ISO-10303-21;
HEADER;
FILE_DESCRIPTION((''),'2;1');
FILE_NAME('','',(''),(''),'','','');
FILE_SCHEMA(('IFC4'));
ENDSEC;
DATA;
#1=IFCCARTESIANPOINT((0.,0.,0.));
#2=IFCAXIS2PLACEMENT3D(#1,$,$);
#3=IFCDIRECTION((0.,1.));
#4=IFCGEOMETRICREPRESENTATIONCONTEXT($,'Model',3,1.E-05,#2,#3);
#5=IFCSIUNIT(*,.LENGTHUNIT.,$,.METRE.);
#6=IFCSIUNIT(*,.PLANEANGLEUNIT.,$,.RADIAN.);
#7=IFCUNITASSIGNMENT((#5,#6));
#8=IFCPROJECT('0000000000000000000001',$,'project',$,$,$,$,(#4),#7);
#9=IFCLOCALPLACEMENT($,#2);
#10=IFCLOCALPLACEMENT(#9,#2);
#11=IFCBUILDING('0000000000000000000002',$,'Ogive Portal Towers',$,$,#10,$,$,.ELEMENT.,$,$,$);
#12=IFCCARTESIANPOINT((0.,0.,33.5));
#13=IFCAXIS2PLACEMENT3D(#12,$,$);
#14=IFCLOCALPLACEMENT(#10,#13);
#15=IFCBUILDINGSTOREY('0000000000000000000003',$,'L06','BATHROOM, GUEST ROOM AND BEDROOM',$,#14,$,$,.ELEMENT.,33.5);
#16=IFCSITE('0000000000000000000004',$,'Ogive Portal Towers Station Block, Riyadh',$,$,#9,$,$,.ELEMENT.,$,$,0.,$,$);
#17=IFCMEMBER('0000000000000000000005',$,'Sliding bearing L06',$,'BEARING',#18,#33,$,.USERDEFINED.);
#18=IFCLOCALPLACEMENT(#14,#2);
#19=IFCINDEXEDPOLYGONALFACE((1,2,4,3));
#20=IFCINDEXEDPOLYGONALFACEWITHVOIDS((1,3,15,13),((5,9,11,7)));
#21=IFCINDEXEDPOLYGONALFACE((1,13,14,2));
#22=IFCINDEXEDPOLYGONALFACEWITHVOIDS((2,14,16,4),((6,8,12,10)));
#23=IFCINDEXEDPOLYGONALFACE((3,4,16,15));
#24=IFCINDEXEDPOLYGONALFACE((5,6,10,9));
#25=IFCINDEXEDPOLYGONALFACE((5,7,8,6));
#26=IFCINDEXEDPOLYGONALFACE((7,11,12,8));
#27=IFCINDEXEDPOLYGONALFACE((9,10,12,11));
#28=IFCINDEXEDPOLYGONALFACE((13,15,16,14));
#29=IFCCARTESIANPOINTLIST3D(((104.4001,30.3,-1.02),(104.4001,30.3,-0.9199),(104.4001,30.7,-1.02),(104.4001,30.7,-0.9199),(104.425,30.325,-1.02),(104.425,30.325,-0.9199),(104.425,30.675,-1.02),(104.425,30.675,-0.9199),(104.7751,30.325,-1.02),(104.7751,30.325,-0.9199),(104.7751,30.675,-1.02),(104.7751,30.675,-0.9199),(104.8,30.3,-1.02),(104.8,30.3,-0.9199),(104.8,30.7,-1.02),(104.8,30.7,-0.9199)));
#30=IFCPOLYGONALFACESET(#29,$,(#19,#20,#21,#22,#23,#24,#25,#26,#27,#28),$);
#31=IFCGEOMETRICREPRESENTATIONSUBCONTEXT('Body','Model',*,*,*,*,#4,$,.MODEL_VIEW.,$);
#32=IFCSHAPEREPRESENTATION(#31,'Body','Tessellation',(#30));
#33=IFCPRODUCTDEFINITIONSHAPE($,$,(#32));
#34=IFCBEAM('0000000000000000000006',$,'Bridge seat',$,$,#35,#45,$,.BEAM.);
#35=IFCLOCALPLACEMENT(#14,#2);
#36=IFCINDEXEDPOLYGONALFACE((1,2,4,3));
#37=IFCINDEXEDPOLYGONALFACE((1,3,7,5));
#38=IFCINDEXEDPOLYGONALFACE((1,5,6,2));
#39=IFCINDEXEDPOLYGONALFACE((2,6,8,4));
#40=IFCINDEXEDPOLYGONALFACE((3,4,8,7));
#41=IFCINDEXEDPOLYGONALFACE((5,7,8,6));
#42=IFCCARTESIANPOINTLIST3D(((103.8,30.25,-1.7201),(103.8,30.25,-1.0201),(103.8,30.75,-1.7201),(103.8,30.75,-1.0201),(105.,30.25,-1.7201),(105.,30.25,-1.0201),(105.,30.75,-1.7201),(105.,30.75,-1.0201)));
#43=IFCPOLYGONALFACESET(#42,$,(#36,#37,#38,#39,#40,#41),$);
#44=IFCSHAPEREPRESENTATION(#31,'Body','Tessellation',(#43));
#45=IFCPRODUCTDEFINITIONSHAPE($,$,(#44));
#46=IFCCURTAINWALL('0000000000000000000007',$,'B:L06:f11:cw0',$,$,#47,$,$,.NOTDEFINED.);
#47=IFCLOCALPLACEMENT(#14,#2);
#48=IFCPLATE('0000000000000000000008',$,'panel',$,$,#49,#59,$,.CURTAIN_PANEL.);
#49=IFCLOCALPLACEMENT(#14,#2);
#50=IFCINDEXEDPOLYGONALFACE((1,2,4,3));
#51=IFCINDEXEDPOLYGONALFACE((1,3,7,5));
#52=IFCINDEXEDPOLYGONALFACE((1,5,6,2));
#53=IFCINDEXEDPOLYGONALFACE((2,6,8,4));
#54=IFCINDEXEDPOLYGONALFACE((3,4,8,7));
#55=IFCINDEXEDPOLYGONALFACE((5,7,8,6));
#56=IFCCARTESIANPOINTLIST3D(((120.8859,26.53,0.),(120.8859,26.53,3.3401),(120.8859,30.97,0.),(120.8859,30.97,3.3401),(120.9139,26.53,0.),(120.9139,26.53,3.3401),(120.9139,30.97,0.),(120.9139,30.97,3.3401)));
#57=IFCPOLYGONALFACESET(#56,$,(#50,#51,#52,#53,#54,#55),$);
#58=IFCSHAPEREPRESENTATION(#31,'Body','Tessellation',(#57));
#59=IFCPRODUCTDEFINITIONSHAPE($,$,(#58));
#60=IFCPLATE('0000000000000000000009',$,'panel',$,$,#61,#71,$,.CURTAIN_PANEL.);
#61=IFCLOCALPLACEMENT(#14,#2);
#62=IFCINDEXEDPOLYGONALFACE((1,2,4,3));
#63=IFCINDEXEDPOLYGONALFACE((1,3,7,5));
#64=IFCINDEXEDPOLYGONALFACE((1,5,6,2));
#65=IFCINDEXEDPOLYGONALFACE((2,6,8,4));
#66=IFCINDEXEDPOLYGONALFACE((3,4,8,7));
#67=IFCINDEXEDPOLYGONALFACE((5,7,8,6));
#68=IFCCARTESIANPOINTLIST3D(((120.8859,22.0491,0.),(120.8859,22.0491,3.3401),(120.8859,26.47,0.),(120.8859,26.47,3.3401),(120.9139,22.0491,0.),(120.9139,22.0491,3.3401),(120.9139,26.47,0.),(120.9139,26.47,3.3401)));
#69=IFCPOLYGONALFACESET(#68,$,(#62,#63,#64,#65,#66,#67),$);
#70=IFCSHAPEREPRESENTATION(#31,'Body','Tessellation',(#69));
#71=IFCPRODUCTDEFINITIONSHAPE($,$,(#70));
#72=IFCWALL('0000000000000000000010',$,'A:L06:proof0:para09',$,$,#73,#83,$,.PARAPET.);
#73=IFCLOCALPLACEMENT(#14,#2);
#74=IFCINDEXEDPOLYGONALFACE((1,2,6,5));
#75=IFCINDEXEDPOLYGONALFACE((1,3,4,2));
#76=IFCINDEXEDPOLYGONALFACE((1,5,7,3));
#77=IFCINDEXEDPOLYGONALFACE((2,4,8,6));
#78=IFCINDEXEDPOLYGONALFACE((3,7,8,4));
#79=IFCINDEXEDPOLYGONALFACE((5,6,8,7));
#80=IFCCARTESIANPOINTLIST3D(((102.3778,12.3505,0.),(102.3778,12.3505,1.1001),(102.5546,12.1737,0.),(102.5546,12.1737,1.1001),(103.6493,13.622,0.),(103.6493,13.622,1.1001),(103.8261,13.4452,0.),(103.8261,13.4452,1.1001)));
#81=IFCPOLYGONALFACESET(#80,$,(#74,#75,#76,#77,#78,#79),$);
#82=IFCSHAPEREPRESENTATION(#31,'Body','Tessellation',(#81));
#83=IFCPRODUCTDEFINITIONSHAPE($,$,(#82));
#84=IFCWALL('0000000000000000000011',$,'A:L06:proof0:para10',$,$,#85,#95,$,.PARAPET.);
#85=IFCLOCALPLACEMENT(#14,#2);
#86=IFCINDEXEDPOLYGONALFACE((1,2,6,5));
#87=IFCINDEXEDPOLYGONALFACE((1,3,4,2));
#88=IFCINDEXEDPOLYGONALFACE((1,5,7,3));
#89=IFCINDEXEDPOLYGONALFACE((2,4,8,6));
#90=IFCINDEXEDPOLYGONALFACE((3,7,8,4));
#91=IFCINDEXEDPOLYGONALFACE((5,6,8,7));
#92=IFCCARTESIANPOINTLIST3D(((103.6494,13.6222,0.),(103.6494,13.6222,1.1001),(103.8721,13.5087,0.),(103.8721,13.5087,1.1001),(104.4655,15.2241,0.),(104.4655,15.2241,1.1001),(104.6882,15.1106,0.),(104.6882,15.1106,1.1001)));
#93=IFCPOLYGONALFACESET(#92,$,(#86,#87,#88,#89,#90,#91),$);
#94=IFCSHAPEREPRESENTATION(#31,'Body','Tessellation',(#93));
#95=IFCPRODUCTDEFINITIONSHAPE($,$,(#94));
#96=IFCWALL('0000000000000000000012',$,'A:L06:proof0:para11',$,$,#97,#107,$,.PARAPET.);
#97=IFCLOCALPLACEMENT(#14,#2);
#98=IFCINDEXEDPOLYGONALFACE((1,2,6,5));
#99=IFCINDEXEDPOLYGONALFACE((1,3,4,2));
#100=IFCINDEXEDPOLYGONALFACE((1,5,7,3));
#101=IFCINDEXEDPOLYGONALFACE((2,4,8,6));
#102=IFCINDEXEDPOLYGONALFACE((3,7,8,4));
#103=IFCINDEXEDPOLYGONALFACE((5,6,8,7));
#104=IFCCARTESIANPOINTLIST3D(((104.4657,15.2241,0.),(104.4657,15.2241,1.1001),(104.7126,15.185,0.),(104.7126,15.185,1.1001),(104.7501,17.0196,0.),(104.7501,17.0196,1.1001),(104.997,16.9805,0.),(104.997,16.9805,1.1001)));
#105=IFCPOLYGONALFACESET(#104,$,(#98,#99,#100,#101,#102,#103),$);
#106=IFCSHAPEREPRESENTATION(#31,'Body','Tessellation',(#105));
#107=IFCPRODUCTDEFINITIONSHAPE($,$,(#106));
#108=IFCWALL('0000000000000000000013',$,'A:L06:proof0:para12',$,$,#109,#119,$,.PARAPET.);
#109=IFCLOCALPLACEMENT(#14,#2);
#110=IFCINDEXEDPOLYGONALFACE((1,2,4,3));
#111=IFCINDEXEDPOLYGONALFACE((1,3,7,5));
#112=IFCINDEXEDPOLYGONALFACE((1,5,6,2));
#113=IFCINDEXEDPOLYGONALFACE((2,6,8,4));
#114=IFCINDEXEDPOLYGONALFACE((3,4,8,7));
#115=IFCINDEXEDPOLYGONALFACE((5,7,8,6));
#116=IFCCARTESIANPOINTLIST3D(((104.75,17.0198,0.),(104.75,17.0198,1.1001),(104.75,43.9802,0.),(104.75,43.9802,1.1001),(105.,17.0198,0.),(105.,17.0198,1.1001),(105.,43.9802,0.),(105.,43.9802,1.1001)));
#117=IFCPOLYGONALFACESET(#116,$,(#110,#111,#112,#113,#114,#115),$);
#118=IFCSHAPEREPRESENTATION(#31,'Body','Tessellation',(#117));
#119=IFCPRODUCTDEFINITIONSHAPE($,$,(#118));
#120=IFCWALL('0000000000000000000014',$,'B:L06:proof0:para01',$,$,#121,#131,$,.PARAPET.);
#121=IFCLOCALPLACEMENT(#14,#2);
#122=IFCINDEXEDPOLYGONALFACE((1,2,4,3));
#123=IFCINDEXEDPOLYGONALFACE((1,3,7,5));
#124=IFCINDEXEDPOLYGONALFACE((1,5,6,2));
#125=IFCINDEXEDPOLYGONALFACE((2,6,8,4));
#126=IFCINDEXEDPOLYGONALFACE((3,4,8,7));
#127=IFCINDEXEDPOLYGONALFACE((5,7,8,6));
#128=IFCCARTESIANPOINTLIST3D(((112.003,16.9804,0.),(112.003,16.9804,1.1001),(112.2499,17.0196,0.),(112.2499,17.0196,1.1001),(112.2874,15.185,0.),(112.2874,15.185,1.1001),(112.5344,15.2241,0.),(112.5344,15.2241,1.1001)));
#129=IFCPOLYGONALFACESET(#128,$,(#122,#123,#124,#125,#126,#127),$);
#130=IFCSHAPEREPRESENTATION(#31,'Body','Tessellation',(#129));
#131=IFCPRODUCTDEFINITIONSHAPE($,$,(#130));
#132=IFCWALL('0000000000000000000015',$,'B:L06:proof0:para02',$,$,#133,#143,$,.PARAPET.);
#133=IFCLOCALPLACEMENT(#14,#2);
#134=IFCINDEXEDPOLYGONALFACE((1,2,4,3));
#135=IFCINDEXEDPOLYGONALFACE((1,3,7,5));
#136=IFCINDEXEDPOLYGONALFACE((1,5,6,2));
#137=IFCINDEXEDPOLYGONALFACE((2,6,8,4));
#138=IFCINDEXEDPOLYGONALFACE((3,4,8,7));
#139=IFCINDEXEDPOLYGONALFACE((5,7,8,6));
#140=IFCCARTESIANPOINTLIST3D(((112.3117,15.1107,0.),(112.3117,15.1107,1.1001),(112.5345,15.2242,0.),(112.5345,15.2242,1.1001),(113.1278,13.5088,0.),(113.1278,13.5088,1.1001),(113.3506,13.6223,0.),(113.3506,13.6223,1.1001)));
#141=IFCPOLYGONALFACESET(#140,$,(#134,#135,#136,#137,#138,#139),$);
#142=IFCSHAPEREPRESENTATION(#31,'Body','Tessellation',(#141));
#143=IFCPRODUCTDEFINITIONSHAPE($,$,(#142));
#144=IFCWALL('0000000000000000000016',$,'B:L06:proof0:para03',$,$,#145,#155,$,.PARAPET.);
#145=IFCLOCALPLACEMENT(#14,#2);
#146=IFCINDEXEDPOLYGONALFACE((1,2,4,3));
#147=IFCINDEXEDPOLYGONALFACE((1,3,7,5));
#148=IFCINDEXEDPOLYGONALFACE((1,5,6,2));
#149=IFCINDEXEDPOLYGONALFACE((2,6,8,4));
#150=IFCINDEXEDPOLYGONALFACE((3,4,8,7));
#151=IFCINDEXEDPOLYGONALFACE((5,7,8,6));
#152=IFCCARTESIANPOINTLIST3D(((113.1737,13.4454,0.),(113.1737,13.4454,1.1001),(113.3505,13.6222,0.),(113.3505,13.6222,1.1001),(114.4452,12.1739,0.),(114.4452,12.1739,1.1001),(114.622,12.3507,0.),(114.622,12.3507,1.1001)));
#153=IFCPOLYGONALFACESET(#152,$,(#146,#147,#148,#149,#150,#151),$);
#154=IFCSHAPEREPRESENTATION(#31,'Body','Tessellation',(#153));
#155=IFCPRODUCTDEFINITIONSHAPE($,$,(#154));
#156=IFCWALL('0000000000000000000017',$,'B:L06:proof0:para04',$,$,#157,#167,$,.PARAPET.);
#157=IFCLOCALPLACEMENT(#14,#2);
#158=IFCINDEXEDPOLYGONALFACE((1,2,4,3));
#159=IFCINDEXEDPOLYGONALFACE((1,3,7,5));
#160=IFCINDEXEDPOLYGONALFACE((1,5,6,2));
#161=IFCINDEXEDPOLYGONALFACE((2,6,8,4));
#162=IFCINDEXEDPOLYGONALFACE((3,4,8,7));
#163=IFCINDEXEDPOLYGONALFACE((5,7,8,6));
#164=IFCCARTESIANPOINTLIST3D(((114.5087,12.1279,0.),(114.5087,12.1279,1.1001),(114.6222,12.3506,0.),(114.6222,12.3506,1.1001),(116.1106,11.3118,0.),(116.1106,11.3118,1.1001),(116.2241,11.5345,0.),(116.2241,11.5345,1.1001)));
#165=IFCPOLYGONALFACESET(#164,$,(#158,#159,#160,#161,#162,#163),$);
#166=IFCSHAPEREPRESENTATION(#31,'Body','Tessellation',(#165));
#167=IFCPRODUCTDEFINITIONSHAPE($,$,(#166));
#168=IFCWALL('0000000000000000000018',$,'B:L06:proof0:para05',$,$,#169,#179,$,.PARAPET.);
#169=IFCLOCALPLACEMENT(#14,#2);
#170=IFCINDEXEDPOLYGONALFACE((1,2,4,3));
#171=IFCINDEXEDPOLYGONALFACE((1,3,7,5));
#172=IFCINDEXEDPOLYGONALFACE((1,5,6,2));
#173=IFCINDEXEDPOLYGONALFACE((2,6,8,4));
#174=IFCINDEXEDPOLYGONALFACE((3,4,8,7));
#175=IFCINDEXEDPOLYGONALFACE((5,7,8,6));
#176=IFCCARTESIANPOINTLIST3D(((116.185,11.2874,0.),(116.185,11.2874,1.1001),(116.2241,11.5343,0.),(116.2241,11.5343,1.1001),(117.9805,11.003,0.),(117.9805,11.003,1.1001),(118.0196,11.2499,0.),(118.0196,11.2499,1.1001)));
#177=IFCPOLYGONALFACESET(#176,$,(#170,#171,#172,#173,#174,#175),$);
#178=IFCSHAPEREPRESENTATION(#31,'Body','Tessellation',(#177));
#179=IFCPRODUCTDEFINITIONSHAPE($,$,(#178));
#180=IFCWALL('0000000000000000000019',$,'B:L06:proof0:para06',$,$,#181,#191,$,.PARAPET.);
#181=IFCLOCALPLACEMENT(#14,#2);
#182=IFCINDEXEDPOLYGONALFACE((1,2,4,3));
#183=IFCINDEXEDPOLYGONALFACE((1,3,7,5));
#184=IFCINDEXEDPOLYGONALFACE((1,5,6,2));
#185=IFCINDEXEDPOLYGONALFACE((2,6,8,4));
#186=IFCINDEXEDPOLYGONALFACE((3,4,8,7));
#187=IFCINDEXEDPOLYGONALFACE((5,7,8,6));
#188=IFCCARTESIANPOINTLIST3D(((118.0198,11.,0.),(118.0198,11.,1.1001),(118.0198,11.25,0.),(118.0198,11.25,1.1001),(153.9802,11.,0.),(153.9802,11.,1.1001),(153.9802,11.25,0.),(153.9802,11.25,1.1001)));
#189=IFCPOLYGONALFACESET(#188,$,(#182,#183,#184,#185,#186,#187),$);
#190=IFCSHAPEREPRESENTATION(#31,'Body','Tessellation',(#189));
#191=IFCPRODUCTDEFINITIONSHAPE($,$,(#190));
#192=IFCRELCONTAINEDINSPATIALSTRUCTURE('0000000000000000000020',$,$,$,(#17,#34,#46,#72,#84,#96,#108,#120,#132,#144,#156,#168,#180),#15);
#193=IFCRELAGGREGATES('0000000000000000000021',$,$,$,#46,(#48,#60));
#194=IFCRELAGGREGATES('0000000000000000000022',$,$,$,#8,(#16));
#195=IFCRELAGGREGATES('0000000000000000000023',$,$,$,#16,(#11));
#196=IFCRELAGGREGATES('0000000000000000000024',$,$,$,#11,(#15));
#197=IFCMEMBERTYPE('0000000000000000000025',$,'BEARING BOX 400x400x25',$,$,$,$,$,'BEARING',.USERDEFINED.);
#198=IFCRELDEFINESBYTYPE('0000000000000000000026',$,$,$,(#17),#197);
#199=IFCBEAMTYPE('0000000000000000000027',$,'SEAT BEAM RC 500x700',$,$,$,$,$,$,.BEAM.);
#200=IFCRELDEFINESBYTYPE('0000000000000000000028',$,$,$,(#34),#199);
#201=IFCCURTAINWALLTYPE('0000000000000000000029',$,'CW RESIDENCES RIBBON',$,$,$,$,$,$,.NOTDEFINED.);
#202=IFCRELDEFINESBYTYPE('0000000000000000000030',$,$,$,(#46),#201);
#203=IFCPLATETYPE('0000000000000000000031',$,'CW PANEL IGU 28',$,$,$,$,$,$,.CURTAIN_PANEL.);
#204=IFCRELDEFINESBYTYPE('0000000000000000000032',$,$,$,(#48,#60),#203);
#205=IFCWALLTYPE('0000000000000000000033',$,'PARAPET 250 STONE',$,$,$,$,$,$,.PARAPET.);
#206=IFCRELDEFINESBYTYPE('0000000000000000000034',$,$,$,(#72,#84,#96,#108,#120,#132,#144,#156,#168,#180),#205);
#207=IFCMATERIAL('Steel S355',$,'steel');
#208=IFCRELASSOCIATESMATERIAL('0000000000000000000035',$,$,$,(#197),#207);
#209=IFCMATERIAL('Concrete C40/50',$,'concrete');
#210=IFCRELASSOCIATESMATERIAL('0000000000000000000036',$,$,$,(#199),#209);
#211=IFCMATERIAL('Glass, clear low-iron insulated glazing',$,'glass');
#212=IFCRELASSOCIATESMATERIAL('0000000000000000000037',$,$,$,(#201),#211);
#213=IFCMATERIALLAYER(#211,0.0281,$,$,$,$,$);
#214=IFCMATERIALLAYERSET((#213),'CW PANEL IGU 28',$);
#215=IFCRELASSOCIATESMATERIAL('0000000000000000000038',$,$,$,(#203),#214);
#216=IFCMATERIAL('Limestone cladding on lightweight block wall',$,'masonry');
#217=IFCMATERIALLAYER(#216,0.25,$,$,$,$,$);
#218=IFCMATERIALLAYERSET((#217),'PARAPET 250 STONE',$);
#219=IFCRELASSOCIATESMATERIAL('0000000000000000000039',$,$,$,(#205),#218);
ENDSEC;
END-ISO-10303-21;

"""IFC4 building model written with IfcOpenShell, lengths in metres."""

from ifc_helpers import new_model, si_unit, direction, frame, frame_2d, origin, origin_2d, place, context, subcontext, project, spatial, rectangle, hollow_rectangle, extrude, material, layer, layer_set, material_profile, profile_set, type_object, element, aggregate, save


model = new_model("IFC4")

# Units and contexts
model_context = context("Model", 3, precision=1e-05, world=origin(), true_north=direction((0.0, 1.0)))
body_context = subcontext(model_context, "Body", "Model", "MODEL_VIEW")
ifc_project = project(units=[si_unit("LENGTHUNIT", "METRE"), si_unit("PLANEANGLEUNIT", "RADIAN")], contexts=[model_context])

# Site, building, storey
site_placement = place(None, origin())
site = spatial("IfcSite", under=ifc_project, at=site_placement, Name="Ogive Portal Towers Station Block, Riyadh", CompositionType="ELEMENT", RefElevation=0.0)
building_placement = place(site_placement, origin())
building = spatial("IfcBuilding", under=site, at=building_placement, Name="Ogive Portal Towers", CompositionType="ELEMENT")
storey_placement = place(building_placement, frame((0.0, 0.0, 33.5)))
storey = spatial("IfcBuildingStorey", under=building, at=storey_placement, Name="L06", Description="BATHROOM, GUEST ROOM AND BEDROOM", CompositionType="ELEMENT", Elevation=33.5)

# Member
ifc_material_1 = material(Name="Steel S355", Category="steel")
ifc_material_profile_1 = material_profile(ifc_material_1, hollow_rectangle(XDim=0.3999, YDim=0.3999, WallThickness=0.0249, at=origin_2d()), Name="BOX 400x400x25")
ifc_profile_set_1 = profile_set([ifc_material_profile_1], Name="Steel S355")
member_type = type_object("IfcMemberType", Name="BEARING BOX 400x400x25", ElementType="BEARING", PredefinedType="USERDEFINED", material=ifc_profile_set_1)
member_placement = place(storey_placement, frame((104.6001, 30.5, -1.02), z_axis=(0.0, 0.0, 1.0), x_axis=(1.0, 0.0, 0.0)))
element("IfcMember", 1, at=member_placement, inside=storey, type_object=member_type, Name="Sliding bearing L06", ObjectType="BEARING", PredefinedType="USERDEFINED", context=body_context, shape_type="SweptSolid", body=[
    extrude(hollow_rectangle(XDim=0.3999, YDim=0.3999, WallThickness=0.0249, at=origin_2d()), origin(), (0.0, 0.0, 1.0), 0.1001),
])

# Beam
ifc_material_2 = material(Name="Concrete C40/50", Category="concrete")
ifc_material_profile_2 = material_profile(ifc_material_2, rectangle(XDim=0.5, YDim=0.7, at=origin_2d()), Name="RC 500x700")
ifc_profile_set_2 = profile_set([ifc_material_profile_2], Name="Concrete C40/50")
beam_type = type_object("IfcBeamType", Name="SEAT BEAM RC 500x700", PredefinedType="BEAM", material=ifc_profile_set_2)
beam_placement = place(storey_placement, frame((103.8, 30.5, -1.3701), z_axis=(1.0, 0.0, 0.0), x_axis=(0.0, 1.0, 0.0)))
element("IfcBeam", 2, at=beam_placement, inside=storey, type_object=beam_type, Name="Bridge seat", PredefinedType="BEAM", context=body_context, shape_type="SweptSolid", body=[
    extrude(rectangle(XDim=0.5, YDim=0.7, at=origin_2d()), origin(), (0.0, 0.0, 1.0), 1.2),
])

# Curtain wall, plates
ifc_material_3 = material(Name="Glass, clear low-iron insulated glazing", Category="glass")
curtain_wall_type = type_object("IfcCurtainWallType", Name="CW RESIDENCES RIBBON", PredefinedType="NOTDEFINED", material=ifc_material_3)
curtain_wall_placement = place(storey_placement, origin())
curtain_wall = element("IfcCurtainWall", 3, at=curtain_wall_placement, inside=storey, type_object=curtain_wall_type, Name="B:L06:f11:cw0", PredefinedType="NOTDEFINED")
ifc_layer_1 = layer(ifc_material_3, 0.0281)
ifc_layer_set_1 = layer_set([ifc_layer_1], Name="CW PANEL IGU 28")
plate_type = type_object("IfcPlateType", Name="CW PANEL IGU 28", PredefinedType="CURTAIN_PANEL", material=ifc_layer_set_1)
plate_1_placement = place(storey_placement, frame((120.8999, 28.75, 0.0), z_axis=(0.0, 0.0, 1.0), x_axis=(0.0, -1.0, 0.0)))
plate_1 = element("IfcPlate", 4, at=plate_1_placement, type_object=plate_type, Name="panel", PredefinedType="CURTAIN_PANEL", context=body_context, shape_type="SweptSolid", body=[
    extrude(rectangle(XDim=4.4399, YDim=0.0281, at=origin_2d()), origin(), (0.0, 0.0, 1.0), 3.3401),
])
plate_2_placement = place(storey_placement, frame((120.8999, 24.2595, 0.0), z_axis=(0.0, 0.0, 1.0), x_axis=(0.0, -1.0, 0.0)))
plate_2 = element("IfcPlate", 5, at=plate_2_placement, type_object=plate_type, Name="panel", PredefinedType="CURTAIN_PANEL", context=body_context, shape_type="SweptSolid", body=[
    extrude(rectangle(XDim=4.4209, YDim=0.0281, at=origin_2d()), origin(), (0.0, 0.0, 1.0), 3.3401),
])
aggregate(curtain_wall, [plate_1, plate_2])

# Walls
ifc_material_4 = material(Name="Limestone cladding on lightweight block wall", Category="masonry")
ifc_layer_2 = layer(ifc_material_4, 0.25)
ifc_layer_set_2 = layer_set([ifc_layer_2], Name="PARAPET 250 STONE")
wall_type_1 = type_object("IfcWallType", Name="PARAPET 250 STONE", PredefinedType="PARAPET", material=ifc_layer_set_2)
wall_1_placement = place(storey_placement, frame((102.4663, 12.2622, 0.0), z_axis=(0.0, 0.0, 1.0), x_axis=(0.707107, 0.707107, 0.0)))
element("IfcWall", 6, at=wall_1_placement, inside=storey, type_object=wall_type_1, Name="A:L06:proof0:para09", PredefinedType="PARAPET", context=body_context, shape_type="SweptSolid", body=[
    extrude(rectangle(XDim=1.7981, YDim=0.25, at=frame_2d((0.8989, 0.0))), origin(), (0.0, 0.0, 1.0), 1.1001),
])
wall_2_placement = place(storey_placement, frame((103.7607, 13.5654, 0.0), z_axis=(0.0, 0.0, 1.0), x_axis=(0.453936, 0.891034, 0.0)))
element("IfcWall", 7, at=wall_2_placement, inside=storey, type_object=wall_type_1, Name="A:L06:proof0:para10", PredefinedType="PARAPET", context=body_context, shape_type="SweptSolid", body=[
    extrude(rectangle(XDim=1.7979, YDim=0.25, at=frame_2d((0.8989, 0.0))), origin(), (0.0, 0.0, 1.0), 1.1001),
])
wall_3_placement = place(storey_placement, frame((104.5891, 15.2046, 0.0), z_axis=(0.0, 0.0, 1.0), x_axis=(0.156466, 0.987683, 0.0)))
element("IfcWall", 8, at=wall_3_placement, inside=storey, type_object=wall_type_1, Name="A:L06:proof0:para11", PredefinedType="PARAPET", context=body_context, shape_type="SweptSolid", body=[
    extrude(rectangle(XDim=1.8179, YDim=0.25, at=frame_2d((0.9089, 0.0))), origin(), (0.0, 0.0, 1.0), 1.1001),
])
wall_4_placement = place(storey_placement, frame((104.875, 17.0198, 0.0), z_axis=(0.0, 0.0, 1.0), x_axis=(0.0, 1.0, 0.0)))
element("IfcWall", 9, at=wall_4_placement, inside=storey, type_object=wall_type_1, Name="A:L06:proof0:para12", PredefinedType="PARAPET", context=body_context, shape_type="SweptSolid", body=[
    extrude(rectangle(XDim=26.9604, YDim=0.25, at=frame_2d((13.4802, 0.0))), origin(), (0.0, 0.0, 1.0), 1.1001),
])
wall_5_placement = place(storey_placement, frame((112.1265, 17.0, 0.0), z_axis=(0.0, 0.0, 1.0), x_axis=(0.156466, -0.987683, 0.0)))
element("IfcWall", 10, at=wall_5_placement, inside=storey, type_object=wall_type_1, Name="B:L06:proof0:para01", PredefinedType="PARAPET", context=body_context, shape_type="SweptSolid", body=[
    extrude(rectangle(XDim=1.8179, YDim=0.25, at=frame_2d((0.9089, 0.0))), origin(), (0.0, 0.0, 1.0), 1.1001),
])
wall_6_placement = place(storey_placement, frame((112.4231, 15.1675, 0.0), z_axis=(0.0, 0.0, 1.0), x_axis=(0.453936, -0.891034, 0.0)))
element("IfcWall", 11, at=wall_6_placement, inside=storey, type_object=wall_type_1, Name="B:L06:proof0:para02", PredefinedType="PARAPET", context=body_context, shape_type="SweptSolid", body=[
    extrude(rectangle(XDim=1.7979, YDim=0.25, at=frame_2d((0.8989, 0.0))), origin(), (0.0, 0.0, 1.0), 1.1001),
])
wall_7_placement = place(storey_placement, frame((113.2622, 13.5337, 0.0), z_axis=(0.0, 0.0, 1.0), x_axis=(0.707107, -0.707107, 0.0)))
element("IfcWall", 12, at=wall_7_placement, inside=storey, type_object=wall_type_1, Name="B:L06:proof0:para03", PredefinedType="PARAPET", context=body_context, shape_type="SweptSolid", body=[
    extrude(rectangle(XDim=1.7981, YDim=0.25, at=frame_2d((0.8989, 0.0))), origin(), (0.0, 0.0, 1.0), 1.1001),
])
wall_8_placement = place(storey_placement, frame((114.5654, 12.2393, 0.0), z_axis=(0.0, 0.0, 1.0), x_axis=(0.891034, -0.453936, 0.0)))
element("IfcWall", 13, at=wall_8_placement, inside=storey, type_object=wall_type_1, Name="B:L06:proof0:para04", PredefinedType="PARAPET", context=body_context, shape_type="SweptSolid", body=[
    extrude(rectangle(XDim=1.7979, YDim=0.25, at=frame_2d((0.8989, 0.0))), origin(), (0.0, 0.0, 1.0), 1.1001),
])
wall_9_placement = place(storey_placement, frame((116.2046, 11.4109, 0.0), z_axis=(0.0, 0.0, 1.0), x_axis=(0.987683, -0.156466, 0.0)))
element("IfcWall", 14, at=wall_9_placement, inside=storey, type_object=wall_type_1, Name="B:L06:proof0:para05", PredefinedType="PARAPET", context=body_context, shape_type="SweptSolid", body=[
    extrude(rectangle(XDim=1.8179, YDim=0.25, at=frame_2d((0.9089, 0.0))), origin(), (0.0, 0.0, 1.0), 1.1001),
])
wall_10_placement = place(storey_placement, frame((118.0198, 11.125, 0.0), z_axis=(0.0, 0.0, 1.0), x_axis=(1.0, 0.0, 0.0)))
element("IfcWall", 15, at=wall_10_placement, inside=storey, type_object=wall_type_1, Name="B:L06:proof0:para06", PredefinedType="PARAPET", context=body_context, shape_type="SweptSolid", body=[
    extrude(rectangle(XDim=35.9604, YDim=0.25, at=frame_2d((17.9802, 0.0))), origin(), (0.0, 0.0, 1.0), 1.1001),
])

save(model, "model.ifc")
